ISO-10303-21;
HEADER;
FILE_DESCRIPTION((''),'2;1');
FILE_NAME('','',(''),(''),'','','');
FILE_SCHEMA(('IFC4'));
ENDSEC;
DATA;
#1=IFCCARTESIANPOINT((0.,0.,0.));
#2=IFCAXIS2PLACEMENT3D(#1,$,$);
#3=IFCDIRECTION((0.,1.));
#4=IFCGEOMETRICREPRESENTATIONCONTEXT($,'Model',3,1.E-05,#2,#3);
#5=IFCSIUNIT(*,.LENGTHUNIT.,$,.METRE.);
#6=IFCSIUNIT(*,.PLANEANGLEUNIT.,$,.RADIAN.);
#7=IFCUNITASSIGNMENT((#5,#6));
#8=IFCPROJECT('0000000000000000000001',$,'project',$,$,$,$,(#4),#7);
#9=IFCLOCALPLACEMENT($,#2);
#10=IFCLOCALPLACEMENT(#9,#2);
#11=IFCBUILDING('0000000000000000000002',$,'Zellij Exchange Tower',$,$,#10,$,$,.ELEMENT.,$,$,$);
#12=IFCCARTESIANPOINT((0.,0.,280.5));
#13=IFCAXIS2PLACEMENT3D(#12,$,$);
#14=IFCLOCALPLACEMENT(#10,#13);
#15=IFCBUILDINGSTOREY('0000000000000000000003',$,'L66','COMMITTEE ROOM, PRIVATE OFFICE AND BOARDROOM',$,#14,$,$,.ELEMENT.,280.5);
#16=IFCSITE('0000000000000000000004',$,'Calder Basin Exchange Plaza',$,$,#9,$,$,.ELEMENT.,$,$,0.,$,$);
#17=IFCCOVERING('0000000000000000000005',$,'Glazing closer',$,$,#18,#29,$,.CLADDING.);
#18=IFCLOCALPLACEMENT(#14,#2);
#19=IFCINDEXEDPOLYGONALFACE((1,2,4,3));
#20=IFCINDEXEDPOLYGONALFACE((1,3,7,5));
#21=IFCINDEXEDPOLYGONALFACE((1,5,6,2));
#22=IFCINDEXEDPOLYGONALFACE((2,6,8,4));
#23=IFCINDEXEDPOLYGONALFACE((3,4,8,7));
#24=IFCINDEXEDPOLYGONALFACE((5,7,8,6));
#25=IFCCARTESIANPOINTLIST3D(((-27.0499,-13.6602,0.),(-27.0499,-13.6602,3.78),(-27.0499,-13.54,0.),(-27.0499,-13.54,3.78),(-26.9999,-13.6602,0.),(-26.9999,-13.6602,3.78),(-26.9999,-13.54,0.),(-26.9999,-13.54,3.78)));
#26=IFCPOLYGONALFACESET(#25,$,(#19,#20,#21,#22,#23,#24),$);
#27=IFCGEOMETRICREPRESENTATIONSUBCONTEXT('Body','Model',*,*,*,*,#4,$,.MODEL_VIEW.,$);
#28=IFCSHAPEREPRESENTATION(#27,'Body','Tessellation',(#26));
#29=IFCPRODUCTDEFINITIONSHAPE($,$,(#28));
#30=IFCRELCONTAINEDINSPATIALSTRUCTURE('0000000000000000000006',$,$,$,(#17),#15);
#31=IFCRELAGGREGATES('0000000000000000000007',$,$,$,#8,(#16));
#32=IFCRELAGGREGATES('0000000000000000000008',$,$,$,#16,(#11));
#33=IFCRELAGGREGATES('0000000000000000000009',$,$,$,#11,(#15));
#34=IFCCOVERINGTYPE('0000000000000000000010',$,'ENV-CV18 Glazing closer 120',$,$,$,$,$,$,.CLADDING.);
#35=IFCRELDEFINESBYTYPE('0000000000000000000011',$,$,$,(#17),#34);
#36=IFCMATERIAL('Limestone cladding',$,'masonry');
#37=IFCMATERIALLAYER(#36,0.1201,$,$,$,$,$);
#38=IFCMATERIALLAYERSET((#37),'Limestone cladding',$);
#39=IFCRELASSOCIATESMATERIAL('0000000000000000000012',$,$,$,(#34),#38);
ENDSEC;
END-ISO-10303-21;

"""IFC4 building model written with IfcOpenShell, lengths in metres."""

from ifc_helpers import new_model, si_unit, direction, frame, origin, origin_2d, place, context, subcontext, project, spatial, rectangle, extrude, material, layer, layer_set, type_object, element, save


model = new_model("IFC4")

# Units and contexts
model_context = context("Model", 3, precision=1e-05, world=origin(), true_north=direction((0.0, 1.0)))
body_context = subcontext(model_context, "Body", "Model", "MODEL_VIEW")
ifc_project = project(units=[si_unit("LENGTHUNIT", "METRE"), si_unit("PLANEANGLEUNIT", "RADIAN")], contexts=[model_context])

# Site, building, storey
site_placement = place(None, origin())
site = spatial("IfcSite", under=ifc_project, at=site_placement, Name="Calder Basin Exchange Plaza", CompositionType="ELEMENT", RefElevation=0.0)
building_placement = place(site_placement, origin())
building = spatial("IfcBuilding", under=site, at=building_placement, Name="Zellij Exchange Tower", CompositionType="ELEMENT")
storey_placement = place(building_placement, frame((0.0, 0.0, 280.5)))
storey = spatial("IfcBuildingStorey", under=building, at=storey_placement, Name="L66", Description="COMMITTEE ROOM, PRIVATE OFFICE AND BOARDROOM", CompositionType="ELEMENT", Elevation=280.5)

# Covering
ifc_material_1 = material(Name="Limestone cladding", Category="masonry")
ifc_layer_1 = layer(ifc_material_1, 0.1201)
ifc_layer_set_1 = layer_set([ifc_layer_1], Name="Limestone cladding")
covering_type = type_object("IfcCoveringType", Name="ENV-CV18 Glazing closer 120", PredefinedType="CLADDING", material=ifc_layer_set_1)
covering_placement = place(storey_placement, frame((-27.0249, -13.6001, 0.0), z_axis=(0.0, 0.0, 1.0), x_axis=(1.0, 0.0, 0.0)))
element("IfcCovering", 1, at=covering_placement, inside=storey, type_object=covering_type, Name="Glazing closer", PredefinedType="CLADDING", context=body_context, shape_type="SweptSolid", body=[
    extrude(rectangle(XDim=0.05, YDim=0.1201, at=origin_2d()), origin(), (0.0, 0.0, 1.0), 3.78),
])

save(model, "model.ifc")
